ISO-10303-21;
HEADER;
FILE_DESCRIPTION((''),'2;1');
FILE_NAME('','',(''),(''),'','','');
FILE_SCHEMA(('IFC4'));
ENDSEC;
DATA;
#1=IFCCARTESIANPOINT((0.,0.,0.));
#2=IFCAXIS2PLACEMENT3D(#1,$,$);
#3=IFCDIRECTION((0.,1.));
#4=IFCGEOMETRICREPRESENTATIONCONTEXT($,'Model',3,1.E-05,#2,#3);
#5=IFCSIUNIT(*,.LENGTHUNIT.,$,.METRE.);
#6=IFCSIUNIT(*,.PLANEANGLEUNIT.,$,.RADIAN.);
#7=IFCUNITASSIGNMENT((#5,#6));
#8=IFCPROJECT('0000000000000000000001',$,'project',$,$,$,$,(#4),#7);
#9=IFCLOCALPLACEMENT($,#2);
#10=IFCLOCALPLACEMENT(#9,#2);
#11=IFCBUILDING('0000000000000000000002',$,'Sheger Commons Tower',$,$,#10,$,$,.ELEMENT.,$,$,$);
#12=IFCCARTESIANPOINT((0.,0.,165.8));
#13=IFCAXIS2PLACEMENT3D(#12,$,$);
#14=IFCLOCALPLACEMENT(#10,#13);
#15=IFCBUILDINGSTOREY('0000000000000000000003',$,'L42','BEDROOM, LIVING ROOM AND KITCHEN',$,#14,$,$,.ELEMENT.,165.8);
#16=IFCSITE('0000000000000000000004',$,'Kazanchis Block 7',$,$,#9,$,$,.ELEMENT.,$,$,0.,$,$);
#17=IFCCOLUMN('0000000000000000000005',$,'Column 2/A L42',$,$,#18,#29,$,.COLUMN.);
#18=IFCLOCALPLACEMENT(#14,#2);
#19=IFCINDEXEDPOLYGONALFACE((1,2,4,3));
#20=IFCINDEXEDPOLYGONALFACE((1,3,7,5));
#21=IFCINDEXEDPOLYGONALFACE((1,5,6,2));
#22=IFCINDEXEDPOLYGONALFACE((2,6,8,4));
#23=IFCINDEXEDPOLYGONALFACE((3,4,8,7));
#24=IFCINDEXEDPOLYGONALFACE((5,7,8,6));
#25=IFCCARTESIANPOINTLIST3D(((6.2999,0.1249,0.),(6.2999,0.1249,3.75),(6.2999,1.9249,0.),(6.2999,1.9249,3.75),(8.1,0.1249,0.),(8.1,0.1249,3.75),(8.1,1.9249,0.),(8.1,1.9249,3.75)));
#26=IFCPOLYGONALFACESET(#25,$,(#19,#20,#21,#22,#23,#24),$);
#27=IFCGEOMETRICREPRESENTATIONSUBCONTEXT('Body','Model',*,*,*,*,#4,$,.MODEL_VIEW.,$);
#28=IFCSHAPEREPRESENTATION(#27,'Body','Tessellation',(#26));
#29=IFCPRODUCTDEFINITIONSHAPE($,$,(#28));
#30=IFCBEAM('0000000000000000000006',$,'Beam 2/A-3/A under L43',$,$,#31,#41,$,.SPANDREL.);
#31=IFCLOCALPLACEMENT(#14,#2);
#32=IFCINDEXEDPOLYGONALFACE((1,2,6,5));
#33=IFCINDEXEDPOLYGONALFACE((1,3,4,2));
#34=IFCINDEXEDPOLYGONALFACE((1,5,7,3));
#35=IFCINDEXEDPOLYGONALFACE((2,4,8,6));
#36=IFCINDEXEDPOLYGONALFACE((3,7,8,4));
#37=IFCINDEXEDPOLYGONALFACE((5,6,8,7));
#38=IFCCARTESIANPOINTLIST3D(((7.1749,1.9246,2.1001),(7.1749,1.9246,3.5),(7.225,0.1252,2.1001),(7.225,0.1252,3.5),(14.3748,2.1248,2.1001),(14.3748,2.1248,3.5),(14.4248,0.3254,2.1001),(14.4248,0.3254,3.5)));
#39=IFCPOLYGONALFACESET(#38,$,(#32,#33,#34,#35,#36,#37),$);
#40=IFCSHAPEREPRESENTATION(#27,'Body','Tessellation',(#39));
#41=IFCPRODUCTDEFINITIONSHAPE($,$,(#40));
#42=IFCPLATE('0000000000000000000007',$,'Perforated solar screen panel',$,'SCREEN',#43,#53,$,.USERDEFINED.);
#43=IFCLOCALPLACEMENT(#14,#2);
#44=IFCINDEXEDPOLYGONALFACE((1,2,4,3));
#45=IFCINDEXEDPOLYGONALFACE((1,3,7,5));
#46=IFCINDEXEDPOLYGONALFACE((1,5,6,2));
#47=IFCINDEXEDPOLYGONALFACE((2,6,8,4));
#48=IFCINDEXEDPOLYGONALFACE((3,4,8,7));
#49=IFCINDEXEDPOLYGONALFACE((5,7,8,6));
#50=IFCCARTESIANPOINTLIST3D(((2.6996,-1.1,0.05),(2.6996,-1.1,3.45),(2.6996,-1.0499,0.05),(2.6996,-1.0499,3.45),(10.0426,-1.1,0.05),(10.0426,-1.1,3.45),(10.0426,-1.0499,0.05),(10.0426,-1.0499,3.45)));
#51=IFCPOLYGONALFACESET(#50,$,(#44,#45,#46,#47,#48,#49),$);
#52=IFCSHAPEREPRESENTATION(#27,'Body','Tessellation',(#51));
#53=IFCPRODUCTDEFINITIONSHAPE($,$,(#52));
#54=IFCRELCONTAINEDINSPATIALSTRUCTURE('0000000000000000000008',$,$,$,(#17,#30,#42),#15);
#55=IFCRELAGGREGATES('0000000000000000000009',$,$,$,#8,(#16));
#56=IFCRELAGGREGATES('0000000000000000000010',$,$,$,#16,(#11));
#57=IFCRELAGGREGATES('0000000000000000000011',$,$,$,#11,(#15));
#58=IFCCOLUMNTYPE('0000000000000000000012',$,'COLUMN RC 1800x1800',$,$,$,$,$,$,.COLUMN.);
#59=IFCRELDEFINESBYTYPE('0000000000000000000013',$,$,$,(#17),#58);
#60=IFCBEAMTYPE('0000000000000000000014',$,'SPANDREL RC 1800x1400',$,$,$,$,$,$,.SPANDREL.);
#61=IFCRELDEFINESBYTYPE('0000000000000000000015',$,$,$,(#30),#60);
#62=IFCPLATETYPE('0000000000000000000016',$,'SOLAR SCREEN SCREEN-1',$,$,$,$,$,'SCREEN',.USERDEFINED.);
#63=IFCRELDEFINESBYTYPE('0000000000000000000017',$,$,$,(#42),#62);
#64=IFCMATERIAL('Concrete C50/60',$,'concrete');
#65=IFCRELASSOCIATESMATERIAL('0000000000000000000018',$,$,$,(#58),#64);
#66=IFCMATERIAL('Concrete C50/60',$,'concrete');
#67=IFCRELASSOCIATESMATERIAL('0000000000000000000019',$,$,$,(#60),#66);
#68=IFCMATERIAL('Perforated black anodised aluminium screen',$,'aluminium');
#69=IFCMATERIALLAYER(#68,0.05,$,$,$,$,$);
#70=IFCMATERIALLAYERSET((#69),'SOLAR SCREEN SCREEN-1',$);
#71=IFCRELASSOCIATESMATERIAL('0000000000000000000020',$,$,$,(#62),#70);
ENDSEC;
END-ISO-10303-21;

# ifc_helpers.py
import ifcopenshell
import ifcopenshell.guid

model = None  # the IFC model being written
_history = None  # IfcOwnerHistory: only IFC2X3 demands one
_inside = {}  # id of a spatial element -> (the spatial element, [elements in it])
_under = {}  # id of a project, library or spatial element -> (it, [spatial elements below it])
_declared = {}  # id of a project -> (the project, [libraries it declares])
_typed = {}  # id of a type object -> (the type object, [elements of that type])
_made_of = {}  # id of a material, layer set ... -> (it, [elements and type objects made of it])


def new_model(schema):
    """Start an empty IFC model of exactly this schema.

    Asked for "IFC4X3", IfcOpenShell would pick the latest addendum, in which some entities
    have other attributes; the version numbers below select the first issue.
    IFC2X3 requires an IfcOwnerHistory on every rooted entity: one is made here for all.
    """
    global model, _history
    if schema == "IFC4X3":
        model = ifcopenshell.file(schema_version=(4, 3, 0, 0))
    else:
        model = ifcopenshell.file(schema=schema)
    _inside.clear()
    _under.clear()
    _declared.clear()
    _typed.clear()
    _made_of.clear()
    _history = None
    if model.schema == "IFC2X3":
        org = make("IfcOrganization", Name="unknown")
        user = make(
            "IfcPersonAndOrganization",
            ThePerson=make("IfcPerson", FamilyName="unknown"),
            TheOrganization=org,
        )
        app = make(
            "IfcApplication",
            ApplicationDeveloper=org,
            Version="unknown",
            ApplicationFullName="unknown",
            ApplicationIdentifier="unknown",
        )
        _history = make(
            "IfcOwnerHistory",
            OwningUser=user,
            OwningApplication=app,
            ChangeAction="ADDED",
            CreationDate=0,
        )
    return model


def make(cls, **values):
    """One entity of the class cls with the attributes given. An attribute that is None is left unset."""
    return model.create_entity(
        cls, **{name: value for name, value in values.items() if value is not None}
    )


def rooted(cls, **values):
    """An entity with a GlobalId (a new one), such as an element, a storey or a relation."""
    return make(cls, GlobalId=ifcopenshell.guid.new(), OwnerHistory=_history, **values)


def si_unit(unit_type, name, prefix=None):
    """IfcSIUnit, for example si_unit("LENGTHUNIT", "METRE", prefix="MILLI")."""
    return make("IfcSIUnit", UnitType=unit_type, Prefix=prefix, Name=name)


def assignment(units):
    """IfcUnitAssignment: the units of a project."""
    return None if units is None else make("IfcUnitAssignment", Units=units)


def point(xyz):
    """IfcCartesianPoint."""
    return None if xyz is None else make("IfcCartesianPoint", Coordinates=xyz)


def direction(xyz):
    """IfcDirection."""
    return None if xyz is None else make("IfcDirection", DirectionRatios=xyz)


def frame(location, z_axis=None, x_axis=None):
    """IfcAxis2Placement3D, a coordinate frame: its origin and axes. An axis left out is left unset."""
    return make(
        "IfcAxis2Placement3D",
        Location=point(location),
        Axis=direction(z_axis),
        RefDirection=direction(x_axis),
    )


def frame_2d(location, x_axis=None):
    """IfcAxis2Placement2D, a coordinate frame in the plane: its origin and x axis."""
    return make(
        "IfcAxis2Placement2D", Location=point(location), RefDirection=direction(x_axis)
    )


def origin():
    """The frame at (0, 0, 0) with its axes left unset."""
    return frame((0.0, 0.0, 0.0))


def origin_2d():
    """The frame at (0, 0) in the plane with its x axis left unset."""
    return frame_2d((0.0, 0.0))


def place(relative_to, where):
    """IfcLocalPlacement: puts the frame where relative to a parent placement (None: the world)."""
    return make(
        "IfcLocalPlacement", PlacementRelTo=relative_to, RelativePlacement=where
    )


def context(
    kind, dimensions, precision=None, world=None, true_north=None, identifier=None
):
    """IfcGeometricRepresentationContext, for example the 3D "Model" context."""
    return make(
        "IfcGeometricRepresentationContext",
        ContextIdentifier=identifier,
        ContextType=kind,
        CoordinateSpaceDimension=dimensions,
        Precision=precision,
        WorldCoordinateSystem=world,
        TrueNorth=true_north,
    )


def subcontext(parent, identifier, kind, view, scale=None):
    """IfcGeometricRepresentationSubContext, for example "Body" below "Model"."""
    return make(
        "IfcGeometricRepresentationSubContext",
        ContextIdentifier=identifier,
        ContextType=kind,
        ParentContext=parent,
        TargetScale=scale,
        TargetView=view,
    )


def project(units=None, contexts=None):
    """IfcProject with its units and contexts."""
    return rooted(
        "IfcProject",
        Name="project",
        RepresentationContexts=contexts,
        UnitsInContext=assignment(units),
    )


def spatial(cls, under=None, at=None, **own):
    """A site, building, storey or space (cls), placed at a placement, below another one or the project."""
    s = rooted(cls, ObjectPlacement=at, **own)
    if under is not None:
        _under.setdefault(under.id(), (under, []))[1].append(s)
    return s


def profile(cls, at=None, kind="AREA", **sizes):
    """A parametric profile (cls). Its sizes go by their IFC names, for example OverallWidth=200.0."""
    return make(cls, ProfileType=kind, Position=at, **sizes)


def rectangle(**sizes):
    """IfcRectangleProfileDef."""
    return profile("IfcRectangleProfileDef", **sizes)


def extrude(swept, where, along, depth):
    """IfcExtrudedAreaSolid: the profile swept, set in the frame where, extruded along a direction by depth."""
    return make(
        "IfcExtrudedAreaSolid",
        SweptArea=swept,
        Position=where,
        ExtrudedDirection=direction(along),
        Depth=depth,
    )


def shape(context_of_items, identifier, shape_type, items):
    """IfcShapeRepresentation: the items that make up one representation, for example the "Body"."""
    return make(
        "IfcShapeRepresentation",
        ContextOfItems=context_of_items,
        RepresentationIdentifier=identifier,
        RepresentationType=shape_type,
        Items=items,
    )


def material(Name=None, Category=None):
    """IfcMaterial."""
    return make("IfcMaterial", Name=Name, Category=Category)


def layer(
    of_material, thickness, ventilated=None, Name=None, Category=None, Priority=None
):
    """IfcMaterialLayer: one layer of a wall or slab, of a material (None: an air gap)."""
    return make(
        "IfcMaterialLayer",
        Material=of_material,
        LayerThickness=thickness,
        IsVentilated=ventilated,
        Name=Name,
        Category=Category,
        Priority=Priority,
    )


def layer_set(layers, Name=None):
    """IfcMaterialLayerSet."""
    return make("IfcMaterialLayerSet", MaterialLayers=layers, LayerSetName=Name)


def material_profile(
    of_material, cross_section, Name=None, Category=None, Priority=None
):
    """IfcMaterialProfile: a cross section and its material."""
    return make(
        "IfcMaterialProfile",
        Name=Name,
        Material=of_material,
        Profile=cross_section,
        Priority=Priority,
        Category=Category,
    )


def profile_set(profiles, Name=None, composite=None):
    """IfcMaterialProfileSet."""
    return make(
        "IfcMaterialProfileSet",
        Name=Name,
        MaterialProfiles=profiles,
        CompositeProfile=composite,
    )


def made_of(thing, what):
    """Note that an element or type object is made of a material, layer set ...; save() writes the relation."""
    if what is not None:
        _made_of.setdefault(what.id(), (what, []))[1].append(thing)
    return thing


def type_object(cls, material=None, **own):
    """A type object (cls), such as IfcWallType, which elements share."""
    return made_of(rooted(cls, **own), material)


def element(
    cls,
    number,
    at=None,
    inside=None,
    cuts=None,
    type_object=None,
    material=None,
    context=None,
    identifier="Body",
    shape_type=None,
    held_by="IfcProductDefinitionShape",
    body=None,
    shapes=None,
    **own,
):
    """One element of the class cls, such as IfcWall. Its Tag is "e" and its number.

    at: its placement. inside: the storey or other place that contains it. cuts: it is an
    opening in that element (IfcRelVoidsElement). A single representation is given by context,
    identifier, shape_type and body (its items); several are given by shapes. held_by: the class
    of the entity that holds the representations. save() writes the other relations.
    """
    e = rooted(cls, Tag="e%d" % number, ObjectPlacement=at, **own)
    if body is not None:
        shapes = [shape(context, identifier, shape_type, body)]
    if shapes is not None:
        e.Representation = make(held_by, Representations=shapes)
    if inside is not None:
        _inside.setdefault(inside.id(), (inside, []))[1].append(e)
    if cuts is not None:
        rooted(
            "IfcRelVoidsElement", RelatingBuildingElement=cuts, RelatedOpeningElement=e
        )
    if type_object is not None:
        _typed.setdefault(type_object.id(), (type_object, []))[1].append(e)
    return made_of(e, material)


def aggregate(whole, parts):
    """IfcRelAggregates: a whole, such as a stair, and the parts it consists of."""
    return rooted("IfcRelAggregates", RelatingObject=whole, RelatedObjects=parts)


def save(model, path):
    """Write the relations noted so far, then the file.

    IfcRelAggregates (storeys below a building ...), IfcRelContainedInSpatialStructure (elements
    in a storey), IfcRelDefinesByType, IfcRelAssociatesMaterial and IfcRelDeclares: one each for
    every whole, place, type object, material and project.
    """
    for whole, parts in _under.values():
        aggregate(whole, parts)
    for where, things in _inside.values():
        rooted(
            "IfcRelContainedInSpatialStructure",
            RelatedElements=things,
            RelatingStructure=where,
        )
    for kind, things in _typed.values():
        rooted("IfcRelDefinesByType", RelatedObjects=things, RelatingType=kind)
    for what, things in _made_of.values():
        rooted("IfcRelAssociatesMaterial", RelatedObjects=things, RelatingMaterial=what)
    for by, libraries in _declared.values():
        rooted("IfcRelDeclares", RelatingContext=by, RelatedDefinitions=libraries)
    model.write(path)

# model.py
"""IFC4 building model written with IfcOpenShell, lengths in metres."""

from ifc_helpers import new_model, si_unit, direction, frame, origin, origin_2d, place, context, subcontext, project, spatial, rectangle, extrude, material, layer, layer_set, material_profile, profile_set, type_object, element, save


model = new_model("IFC4")

# Units and contexts
model_context = context("Model", 3, precision=1e-05, world=origin(), true_north=direction((0.0, 1.0)))
body_context = subcontext(model_context, "Body", "Model", "MODEL_VIEW")
ifc_project = project(units=[si_unit("LENGTHUNIT", "METRE"), si_unit("PLANEANGLEUNIT", "RADIAN")], contexts=[model_context])

# Site, building, storey
site_placement = place(None, origin())
site = spatial("IfcSite", under=ifc_project, at=site_placement, Name="Kazanchis Block 7", CompositionType="ELEMENT", RefElevation=0.0)
building_placement = place(site_placement, origin())
building = spatial("IfcBuilding", under=site, at=building_placement, Name="Sheger Commons Tower", CompositionType="ELEMENT")
storey_placement = place(building_placement, frame((0.0, 0.0, 165.8)))
storey = spatial("IfcBuildingStorey", under=building, at=storey_placement, Name="L42", Description="BEDROOM, LIVING ROOM AND KITCHEN", CompositionType="ELEMENT", Elevation=165.8)

# Column
ifc_material_1 = material(Name="Concrete C50/60", Category="concrete")
ifc_material_profile_1 = material_profile(ifc_material_1, rectangle(XDim=1.8, YDim=1.8, at=origin_2d()), Name="RC 1800x1800")
ifc_profile_set_1 = profile_set([ifc_material_profile_1], Name="Concrete C50/60")
column_type = type_object("IfcColumnType", Name="COLUMN RC 1800x1800", PredefinedType="COLUMN", material=ifc_profile_set_1)
column_placement = place(storey_placement, frame((7.2, 1.0249, 0.0), z_axis=(0.0, 0.0, 1.0), x_axis=(1.0, 0.0, 0.0)))
element("IfcColumn", 1, at=column_placement, inside=storey, type_object=column_type, Name="Column 2/A L42", PredefinedType="COLUMN", context=body_context, shape_type="SweptSolid", body=[
    extrude(rectangle(XDim=1.8, YDim=1.8, at=origin_2d()), origin(), (0.0, 0.0, 1.0), 3.75),
])

# Beam
ifc_material_2 = material(Name="Concrete C50/60", Category="concrete")
ifc_material_profile_2 = material_profile(ifc_material_2, rectangle(XDim=1.8, YDim=1.3999, at=origin_2d()), Name="RC 1800x1400")
ifc_profile_set_2 = profile_set([ifc_material_profile_2], Name="Concrete C50/60")
beam_type = type_object("IfcBeamType", Name="SPANDREL RC 1800x1400", PredefinedType="SPANDREL", material=ifc_profile_set_2)
beam_placement = place(storey_placement, frame((7.2, 1.0249, 2.8), z_axis=(0.999614, 0.027794, 0.0), x_axis=(-0.027794, 0.999614, 0.0)))
element("IfcBeam", 2, at=beam_placement, inside=storey, type_object=beam_type, Name="Beam 2/A-3/A under L43", PredefinedType="SPANDREL", context=body_context, shape_type="SweptSolid", body=[
    extrude(rectangle(XDim=1.8, YDim=1.3999, at=origin_2d()), origin(), (0.0, 0.0, 1.0), 7.2026),
])

# Plate
ifc_material_3 = material(Name="Perforated black anodised aluminium screen", Category="aluminium")
ifc_layer_1 = layer(ifc_material_3, 0.05)
ifc_layer_set_1 = layer_set([ifc_layer_1], Name="SOLAR SCREEN SCREEN-1")
plate_type = type_object("IfcPlateType", Name="SOLAR SCREEN SCREEN-1", ElementType="SCREEN", PredefinedType="USERDEFINED", material=ifc_layer_set_1)
plate_placement = place(storey_placement, frame((6.3711, -1.075, 0.05), z_axis=(0.0, 0.0, 1.0), x_axis=(1.0, 0.0, 0.0)))
element("IfcPlate", 3, at=plate_placement, inside=storey, type_object=plate_type, Name="Perforated solar screen panel", ObjectType="SCREEN", PredefinedType="USERDEFINED", context=body_context, shape_type="SweptSolid", body=[
    extrude(rectangle(XDim=7.343, YDim=0.05, at=origin_2d()), origin(), (0.0, 0.0, 1.0), 3.3999),
])

save(model, "model.ifc")
